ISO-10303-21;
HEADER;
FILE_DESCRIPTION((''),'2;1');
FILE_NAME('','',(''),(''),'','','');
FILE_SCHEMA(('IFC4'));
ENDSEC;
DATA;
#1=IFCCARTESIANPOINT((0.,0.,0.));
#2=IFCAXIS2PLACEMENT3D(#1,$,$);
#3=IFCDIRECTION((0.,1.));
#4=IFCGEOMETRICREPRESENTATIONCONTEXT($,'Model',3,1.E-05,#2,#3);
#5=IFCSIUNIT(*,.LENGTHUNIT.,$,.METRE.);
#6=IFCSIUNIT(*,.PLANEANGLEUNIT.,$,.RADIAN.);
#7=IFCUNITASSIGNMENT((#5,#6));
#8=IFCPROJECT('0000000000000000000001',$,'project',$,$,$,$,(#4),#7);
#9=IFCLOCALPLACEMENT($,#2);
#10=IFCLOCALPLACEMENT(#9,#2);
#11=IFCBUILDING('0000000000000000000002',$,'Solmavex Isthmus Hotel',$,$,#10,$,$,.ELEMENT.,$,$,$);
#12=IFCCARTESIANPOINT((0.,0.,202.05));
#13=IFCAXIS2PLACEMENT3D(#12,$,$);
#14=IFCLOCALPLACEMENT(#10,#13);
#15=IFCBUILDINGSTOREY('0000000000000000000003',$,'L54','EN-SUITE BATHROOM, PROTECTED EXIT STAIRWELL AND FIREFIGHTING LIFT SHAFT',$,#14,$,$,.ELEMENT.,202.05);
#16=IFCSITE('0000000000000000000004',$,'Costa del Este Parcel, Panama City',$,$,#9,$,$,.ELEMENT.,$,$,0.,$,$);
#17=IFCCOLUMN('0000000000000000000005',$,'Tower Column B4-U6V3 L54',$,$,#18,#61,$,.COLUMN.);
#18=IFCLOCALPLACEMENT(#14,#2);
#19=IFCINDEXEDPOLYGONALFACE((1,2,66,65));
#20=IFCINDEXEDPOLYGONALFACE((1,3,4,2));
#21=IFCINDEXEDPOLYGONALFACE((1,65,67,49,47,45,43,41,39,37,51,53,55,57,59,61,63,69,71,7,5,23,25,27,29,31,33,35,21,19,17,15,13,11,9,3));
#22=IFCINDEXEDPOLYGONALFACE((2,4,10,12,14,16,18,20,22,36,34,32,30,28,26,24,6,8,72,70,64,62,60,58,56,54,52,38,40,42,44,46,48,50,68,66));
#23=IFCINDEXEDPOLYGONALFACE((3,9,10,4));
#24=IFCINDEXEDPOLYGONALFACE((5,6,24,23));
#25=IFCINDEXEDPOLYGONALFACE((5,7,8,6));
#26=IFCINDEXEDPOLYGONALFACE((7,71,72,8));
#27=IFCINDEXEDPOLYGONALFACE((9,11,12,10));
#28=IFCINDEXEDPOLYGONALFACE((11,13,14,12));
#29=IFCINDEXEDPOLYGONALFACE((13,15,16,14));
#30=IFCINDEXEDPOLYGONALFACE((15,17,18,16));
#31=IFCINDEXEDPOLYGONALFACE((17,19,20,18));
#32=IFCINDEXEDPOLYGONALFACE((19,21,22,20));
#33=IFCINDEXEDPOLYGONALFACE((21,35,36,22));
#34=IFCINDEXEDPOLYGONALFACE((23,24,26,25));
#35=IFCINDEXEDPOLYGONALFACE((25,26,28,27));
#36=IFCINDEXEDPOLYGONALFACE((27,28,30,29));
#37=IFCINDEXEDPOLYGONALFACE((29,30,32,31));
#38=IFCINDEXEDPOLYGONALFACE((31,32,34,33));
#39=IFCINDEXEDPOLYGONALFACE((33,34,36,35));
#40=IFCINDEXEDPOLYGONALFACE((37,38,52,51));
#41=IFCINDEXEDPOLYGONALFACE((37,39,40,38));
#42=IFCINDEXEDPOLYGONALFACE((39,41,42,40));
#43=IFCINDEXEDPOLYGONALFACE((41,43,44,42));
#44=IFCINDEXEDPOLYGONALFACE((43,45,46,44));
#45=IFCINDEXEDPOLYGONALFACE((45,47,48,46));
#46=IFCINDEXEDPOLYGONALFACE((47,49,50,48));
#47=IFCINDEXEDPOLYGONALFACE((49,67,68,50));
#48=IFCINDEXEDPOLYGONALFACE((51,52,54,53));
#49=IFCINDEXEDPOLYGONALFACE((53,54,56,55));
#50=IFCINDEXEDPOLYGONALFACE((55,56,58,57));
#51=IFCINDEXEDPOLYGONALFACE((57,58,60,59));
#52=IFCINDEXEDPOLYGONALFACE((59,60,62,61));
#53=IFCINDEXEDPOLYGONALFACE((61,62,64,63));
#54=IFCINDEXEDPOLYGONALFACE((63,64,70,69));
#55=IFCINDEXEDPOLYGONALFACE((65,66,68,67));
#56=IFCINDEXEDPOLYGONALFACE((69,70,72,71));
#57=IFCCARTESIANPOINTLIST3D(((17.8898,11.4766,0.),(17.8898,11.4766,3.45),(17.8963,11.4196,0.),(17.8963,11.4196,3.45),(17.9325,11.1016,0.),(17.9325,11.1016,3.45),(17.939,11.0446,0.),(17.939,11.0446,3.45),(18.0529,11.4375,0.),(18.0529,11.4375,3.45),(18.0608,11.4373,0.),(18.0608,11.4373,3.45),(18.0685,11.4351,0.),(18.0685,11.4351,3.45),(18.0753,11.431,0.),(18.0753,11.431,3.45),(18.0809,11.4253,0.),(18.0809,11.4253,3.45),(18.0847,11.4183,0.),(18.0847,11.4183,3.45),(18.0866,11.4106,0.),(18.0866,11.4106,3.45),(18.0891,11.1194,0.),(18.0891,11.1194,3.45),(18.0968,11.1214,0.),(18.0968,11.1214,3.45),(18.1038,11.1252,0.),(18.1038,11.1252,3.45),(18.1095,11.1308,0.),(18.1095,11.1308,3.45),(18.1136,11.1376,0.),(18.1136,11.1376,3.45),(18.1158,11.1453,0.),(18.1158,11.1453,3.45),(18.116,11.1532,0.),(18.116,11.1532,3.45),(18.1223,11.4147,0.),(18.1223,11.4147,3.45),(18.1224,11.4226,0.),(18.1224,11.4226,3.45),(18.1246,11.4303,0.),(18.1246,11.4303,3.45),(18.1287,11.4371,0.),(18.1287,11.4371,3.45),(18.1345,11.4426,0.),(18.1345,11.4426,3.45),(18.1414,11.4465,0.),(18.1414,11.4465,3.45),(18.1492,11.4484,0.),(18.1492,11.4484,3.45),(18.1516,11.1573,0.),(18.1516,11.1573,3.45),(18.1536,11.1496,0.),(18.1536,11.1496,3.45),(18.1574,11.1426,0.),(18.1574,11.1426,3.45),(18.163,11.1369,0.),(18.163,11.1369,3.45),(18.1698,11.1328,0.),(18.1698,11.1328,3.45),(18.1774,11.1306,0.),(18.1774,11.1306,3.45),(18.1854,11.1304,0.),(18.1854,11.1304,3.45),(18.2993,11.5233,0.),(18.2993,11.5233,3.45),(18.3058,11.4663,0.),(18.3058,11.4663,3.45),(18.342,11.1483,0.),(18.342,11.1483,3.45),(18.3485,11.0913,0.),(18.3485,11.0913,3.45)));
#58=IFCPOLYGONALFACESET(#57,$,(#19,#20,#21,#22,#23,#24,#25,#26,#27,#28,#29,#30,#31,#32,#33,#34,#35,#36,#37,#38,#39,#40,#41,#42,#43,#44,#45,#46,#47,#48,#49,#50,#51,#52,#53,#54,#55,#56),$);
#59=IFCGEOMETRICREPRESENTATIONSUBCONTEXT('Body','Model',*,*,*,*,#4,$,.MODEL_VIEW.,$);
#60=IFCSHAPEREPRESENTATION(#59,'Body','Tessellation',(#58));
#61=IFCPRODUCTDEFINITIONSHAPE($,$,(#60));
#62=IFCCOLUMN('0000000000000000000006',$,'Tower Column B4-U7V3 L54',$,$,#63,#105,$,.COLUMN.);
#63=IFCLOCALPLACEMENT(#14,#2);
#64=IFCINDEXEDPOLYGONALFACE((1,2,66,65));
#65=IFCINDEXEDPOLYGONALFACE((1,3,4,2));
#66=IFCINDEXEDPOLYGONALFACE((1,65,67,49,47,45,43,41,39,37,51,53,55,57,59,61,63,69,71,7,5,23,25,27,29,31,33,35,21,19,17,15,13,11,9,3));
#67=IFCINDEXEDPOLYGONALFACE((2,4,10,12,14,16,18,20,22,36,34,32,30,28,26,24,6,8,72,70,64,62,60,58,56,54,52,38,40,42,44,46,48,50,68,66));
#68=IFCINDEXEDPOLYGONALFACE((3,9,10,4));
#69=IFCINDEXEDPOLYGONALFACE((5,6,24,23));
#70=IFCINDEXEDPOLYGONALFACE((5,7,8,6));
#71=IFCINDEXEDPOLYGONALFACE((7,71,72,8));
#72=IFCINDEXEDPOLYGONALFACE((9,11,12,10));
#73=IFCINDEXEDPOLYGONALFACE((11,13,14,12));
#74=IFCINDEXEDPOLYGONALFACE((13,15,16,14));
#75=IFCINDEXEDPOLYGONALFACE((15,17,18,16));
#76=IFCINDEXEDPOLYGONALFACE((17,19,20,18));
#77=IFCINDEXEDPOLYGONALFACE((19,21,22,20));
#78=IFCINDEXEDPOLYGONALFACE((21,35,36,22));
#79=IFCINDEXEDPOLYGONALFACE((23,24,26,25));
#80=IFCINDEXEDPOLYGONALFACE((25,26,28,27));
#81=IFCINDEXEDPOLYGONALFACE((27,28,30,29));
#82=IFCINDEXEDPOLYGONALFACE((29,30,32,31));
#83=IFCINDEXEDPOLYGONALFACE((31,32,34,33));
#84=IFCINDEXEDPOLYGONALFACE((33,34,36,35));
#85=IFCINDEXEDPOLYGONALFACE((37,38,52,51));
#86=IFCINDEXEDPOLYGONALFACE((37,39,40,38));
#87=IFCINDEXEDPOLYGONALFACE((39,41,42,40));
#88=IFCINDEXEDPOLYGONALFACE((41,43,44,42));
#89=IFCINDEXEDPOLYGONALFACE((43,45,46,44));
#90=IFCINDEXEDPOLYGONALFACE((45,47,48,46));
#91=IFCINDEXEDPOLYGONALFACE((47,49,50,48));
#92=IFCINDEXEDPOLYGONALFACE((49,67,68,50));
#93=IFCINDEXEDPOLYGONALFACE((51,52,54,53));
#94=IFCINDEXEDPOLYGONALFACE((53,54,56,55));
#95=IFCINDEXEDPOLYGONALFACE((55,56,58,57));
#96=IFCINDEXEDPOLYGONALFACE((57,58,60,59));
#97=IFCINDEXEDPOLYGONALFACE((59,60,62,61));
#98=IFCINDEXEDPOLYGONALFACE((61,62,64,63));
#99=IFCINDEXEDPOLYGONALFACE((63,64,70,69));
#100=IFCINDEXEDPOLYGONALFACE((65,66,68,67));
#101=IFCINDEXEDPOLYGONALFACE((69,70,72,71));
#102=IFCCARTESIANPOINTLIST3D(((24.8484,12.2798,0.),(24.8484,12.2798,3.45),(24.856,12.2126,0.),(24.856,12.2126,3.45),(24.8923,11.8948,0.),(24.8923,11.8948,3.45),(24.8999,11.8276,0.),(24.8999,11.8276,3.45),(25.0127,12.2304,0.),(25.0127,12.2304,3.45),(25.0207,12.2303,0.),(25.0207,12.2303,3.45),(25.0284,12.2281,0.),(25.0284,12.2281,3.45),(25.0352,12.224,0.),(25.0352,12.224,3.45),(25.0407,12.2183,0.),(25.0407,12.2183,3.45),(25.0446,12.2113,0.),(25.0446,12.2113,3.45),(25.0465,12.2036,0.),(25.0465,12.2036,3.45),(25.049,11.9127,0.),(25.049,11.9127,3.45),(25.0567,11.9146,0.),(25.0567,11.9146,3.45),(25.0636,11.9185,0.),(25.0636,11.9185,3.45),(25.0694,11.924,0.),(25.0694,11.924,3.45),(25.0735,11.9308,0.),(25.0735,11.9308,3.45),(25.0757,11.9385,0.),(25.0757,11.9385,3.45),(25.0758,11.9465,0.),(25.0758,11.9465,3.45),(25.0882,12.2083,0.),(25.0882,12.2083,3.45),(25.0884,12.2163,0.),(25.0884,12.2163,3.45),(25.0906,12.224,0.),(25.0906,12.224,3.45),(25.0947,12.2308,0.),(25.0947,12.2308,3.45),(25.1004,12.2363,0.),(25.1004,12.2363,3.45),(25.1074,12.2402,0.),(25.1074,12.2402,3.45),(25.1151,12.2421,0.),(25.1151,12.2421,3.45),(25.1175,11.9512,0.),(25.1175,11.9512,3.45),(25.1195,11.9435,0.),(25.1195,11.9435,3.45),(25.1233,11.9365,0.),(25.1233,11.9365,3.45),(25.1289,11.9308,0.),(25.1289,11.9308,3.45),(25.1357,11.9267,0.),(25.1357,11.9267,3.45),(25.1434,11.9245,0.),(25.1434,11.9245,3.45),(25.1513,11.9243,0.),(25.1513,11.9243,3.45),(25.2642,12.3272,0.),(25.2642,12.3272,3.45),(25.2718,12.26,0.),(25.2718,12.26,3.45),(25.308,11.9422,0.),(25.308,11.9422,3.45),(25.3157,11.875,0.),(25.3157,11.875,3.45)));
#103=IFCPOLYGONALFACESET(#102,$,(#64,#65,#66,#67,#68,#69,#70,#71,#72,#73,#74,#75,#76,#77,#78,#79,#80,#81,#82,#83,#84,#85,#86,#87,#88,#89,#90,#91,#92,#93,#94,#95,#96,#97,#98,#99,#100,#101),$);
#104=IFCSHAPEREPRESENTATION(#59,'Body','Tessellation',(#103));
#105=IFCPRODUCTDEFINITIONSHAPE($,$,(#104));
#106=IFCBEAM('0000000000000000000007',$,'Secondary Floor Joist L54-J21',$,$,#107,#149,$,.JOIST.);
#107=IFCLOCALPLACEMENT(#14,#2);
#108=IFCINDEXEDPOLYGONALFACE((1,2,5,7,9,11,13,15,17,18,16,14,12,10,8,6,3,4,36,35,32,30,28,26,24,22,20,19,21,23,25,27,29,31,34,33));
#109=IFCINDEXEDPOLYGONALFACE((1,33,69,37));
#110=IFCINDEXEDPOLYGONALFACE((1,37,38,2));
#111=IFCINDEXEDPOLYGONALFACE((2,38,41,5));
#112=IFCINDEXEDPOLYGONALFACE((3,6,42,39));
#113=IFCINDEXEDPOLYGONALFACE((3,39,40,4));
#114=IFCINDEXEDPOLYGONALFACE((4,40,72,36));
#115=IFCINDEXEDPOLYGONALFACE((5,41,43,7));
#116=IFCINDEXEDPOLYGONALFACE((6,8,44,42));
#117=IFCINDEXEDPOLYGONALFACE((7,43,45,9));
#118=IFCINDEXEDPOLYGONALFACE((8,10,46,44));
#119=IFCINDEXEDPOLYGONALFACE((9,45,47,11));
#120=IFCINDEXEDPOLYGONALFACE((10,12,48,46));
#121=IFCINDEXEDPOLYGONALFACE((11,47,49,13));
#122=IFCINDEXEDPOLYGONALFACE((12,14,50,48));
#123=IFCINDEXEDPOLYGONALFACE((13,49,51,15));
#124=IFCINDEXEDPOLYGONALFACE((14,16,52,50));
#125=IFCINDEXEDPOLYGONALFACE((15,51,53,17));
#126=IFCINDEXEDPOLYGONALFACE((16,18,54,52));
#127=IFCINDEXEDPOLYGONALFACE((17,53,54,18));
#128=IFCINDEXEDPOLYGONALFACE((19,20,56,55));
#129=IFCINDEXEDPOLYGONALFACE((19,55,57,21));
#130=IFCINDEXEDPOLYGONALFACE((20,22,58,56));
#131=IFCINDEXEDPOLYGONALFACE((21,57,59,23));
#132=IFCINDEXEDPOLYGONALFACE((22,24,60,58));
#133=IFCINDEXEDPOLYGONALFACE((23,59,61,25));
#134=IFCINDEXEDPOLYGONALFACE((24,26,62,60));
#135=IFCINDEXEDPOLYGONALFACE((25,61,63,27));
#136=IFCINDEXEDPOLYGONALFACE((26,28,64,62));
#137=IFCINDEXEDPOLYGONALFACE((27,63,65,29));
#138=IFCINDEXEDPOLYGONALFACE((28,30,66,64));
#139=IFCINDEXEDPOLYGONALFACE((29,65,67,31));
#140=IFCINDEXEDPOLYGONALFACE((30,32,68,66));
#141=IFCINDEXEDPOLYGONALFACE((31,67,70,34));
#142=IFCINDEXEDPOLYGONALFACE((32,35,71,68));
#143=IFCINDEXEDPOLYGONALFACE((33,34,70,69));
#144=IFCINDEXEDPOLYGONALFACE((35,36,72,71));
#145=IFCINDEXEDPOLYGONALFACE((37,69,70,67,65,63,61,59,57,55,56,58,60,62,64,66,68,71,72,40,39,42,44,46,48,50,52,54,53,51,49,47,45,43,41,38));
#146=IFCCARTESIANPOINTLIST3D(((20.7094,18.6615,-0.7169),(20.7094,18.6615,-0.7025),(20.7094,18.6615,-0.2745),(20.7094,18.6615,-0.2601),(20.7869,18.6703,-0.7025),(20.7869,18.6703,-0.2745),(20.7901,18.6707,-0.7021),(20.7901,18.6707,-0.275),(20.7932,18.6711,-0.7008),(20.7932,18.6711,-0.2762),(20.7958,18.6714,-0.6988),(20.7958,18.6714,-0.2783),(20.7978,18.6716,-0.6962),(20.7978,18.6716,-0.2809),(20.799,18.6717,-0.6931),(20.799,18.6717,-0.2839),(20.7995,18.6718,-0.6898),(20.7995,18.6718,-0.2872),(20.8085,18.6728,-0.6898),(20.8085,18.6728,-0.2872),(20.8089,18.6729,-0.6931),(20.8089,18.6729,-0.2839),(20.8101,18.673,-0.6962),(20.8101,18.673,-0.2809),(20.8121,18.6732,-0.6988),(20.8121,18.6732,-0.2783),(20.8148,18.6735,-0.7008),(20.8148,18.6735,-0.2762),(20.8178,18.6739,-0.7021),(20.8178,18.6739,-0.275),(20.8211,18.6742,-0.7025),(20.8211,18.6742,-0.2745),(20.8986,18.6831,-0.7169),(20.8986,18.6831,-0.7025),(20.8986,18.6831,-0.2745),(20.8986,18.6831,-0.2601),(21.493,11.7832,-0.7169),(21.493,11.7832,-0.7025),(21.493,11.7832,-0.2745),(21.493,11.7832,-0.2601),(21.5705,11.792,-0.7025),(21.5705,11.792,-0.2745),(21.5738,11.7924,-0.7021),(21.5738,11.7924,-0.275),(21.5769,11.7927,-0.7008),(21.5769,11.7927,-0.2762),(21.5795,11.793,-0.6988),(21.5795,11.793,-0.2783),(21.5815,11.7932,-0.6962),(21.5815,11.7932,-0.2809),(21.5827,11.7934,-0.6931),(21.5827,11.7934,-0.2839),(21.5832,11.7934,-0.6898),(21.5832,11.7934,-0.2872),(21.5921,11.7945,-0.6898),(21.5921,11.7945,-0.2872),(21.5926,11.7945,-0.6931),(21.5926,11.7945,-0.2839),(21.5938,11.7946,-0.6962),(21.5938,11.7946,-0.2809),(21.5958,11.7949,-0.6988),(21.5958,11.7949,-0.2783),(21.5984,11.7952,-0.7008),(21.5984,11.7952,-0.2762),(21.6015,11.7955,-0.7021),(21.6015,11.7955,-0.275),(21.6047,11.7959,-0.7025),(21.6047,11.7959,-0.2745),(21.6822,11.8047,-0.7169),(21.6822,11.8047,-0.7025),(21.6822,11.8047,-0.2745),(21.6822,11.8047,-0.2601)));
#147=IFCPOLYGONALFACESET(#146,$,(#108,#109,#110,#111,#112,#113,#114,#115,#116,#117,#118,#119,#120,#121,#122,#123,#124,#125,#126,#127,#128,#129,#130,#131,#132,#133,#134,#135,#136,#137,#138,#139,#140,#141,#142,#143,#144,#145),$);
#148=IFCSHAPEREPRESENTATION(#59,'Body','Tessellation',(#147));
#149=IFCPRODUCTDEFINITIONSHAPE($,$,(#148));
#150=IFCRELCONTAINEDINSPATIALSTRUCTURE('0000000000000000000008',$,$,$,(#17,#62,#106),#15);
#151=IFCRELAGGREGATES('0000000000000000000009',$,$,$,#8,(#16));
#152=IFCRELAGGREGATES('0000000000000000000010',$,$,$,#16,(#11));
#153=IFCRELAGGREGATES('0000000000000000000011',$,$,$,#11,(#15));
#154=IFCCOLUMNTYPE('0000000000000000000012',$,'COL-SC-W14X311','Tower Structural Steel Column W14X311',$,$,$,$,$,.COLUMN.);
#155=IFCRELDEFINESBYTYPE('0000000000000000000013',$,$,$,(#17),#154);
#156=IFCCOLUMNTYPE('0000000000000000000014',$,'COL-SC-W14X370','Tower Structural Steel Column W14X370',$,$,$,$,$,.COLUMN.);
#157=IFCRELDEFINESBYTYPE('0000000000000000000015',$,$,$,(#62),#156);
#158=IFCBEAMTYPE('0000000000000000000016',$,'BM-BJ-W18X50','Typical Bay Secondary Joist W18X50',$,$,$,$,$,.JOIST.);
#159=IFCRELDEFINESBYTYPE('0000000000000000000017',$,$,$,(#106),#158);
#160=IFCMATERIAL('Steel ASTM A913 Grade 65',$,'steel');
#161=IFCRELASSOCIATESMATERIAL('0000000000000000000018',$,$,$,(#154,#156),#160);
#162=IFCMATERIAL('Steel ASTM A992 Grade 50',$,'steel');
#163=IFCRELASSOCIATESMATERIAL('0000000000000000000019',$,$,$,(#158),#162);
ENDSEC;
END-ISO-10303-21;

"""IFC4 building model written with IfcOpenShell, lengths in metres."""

from ifc_helpers import new_model, si_unit, direction, frame, origin, origin_2d, place, context, subcontext, project, spatial, i_section, extrude, material, material_profile, profile_set, type_object, element, save


model = new_model("IFC4")

# Units and contexts
model_context = context("Model", 3, precision=1e-05, world=origin(), true_north=direction((0.0, 1.0)))
body_context = subcontext(model_context, "Body", "Model", "MODEL_VIEW")
ifc_project = project(units=[si_unit("LENGTHUNIT", "METRE"), si_unit("PLANEANGLEUNIT", "RADIAN")], contexts=[model_context])

# Site, building, storey
site_placement = place(None, origin())
site = spatial("IfcSite", under=ifc_project, at=site_placement, Name="Costa del Este Parcel, Panama City", CompositionType="ELEMENT", RefElevation=0.0)
building_placement = place(site_placement, origin())
building = spatial("IfcBuilding", under=site, at=building_placement, Name="Solmavex Isthmus Hotel", CompositionType="ELEMENT")
storey_placement = place(building_placement, frame((0.0, 0.0, 202.05)))
storey = spatial("IfcBuildingStorey", under=building, at=storey_placement, Name="L54", Description="EN-SUITE BATHROOM, PROTECTED EXIT STAIRWELL AND FIREFIGHTING LIFT SHAFT", CompositionType="ELEMENT", Elevation=202.05)

# Columns
ifc_material_1 = material(Name="Steel ASTM A913 Grade 65", Category="steel")
ifc_material_profile_1 = material_profile(ifc_material_1, i_section(OverallWidth=0.4121, OverallDepth=0.4348, WebThickness=0.0359, FlangeThickness=0.0574, FilletRadius=0.0305, at=origin_2d()), Name="W14X311")
ifc_profile_set_1 = profile_set([ifc_material_profile_1], Name="Steel ASTM A913 Grade 65")
column_type_1 = type_object("IfcColumnType", Name="COL-SC-W14X311", Description="Tower Structural Steel Column W14X311", PredefinedType="COLUMN", material=ifc_profile_set_1)
column_1_placement = place(storey_placement, frame((18.1191, 11.2839, 0.0), z_axis=(0.0, 0.0, 1.0), x_axis=(0.993572, 0.113203, 0.0)))
element("IfcColumn", 1, at=column_1_placement, inside=storey, type_object=column_type_1, Name="Tower Column B4-U6V3 L54", PredefinedType="COLUMN", context=body_context, shape_type="SweptSolid", body=[
    extrude(i_section(OverallWidth=0.4121, OverallDepth=0.4348, WebThickness=0.0359, FlangeThickness=0.0574, FilletRadius=0.0305, at=origin_2d()), origin(), (0.0, 0.0, 1.0), 3.45),
])
ifc_material_profile_2 = material_profile(ifc_material_1, i_section(OverallWidth=0.4185, OverallDepth=0.4551, WebThickness=0.042, FlangeThickness=0.0676, FilletRadius=0.0305, at=origin_2d()), Name="W14X370")
ifc_profile_set_2 = profile_set([ifc_material_profile_2], Name="Steel ASTM A913 Grade 65")
column_type_2 = type_object("IfcColumnType", Name="COL-SC-W14X370", Description="Tower Structural Steel Column W14X370", PredefinedType="COLUMN", material=ifc_profile_set_2)
column_2_placement = place(storey_placement, frame((25.082, 12.0774, 0.0), z_axis=(0.0, 0.0, 1.0), x_axis=(0.993572, 0.113203, 0.0)))
element("IfcColumn", 2, at=column_2_placement, inside=storey, type_object=column_type_2, Name="Tower Column B4-U7V3 L54", PredefinedType="COLUMN", context=body_context, shape_type="SweptSolid", body=[
    extrude(i_section(OverallWidth=0.4185, OverallDepth=0.4551, WebThickness=0.042, FlangeThickness=0.0676, FilletRadius=0.0305, at=origin_2d()), origin(), (0.0, 0.0, 1.0), 3.45),
])

# Beam
ifc_material_2 = material(Name="Steel ASTM A992 Grade 50", Category="steel")
ifc_material_profile_3 = material_profile(ifc_material_2, i_section(OverallWidth=0.1904, OverallDepth=0.4568, WebThickness=0.009, FlangeThickness=0.0144, FilletRadius=0.0127, at=origin_2d()), Name="W18X50")
ifc_profile_set_3 = profile_set([ifc_material_profile_3], Name="Steel ASTM A992 Grade 50")
beam_type_1 = type_object("IfcBeamType", Name="BM-BJ-W18X50", Description="Typical Bay Secondary Joist W18X50", PredefinedType="JOIST", material=ifc_profile_set_3)
beam_1_placement = place(storey_placement, frame((21.5876, 11.7939, -0.4885), z_axis=(-0.113202, 0.993572, 0.0), x_axis=(-0.993572, -0.113202, 0.0)))
element("IfcBeam", 3, at=beam_1_placement, inside=storey, type_object=beam_type_1, Name="Secondary Floor Joist L54-J21", PredefinedType="JOIST", context=body_context, shape_type="SweptSolid", body=[
    extrude(i_section(OverallWidth=0.1904, OverallDepth=0.4568, WebThickness=0.009, FlangeThickness=0.0144, FilletRadius=0.0127, at=origin_2d()), origin(), (0.0, 0.0, 1.0), 6.9229),
])

save(model, "model.ifc")
